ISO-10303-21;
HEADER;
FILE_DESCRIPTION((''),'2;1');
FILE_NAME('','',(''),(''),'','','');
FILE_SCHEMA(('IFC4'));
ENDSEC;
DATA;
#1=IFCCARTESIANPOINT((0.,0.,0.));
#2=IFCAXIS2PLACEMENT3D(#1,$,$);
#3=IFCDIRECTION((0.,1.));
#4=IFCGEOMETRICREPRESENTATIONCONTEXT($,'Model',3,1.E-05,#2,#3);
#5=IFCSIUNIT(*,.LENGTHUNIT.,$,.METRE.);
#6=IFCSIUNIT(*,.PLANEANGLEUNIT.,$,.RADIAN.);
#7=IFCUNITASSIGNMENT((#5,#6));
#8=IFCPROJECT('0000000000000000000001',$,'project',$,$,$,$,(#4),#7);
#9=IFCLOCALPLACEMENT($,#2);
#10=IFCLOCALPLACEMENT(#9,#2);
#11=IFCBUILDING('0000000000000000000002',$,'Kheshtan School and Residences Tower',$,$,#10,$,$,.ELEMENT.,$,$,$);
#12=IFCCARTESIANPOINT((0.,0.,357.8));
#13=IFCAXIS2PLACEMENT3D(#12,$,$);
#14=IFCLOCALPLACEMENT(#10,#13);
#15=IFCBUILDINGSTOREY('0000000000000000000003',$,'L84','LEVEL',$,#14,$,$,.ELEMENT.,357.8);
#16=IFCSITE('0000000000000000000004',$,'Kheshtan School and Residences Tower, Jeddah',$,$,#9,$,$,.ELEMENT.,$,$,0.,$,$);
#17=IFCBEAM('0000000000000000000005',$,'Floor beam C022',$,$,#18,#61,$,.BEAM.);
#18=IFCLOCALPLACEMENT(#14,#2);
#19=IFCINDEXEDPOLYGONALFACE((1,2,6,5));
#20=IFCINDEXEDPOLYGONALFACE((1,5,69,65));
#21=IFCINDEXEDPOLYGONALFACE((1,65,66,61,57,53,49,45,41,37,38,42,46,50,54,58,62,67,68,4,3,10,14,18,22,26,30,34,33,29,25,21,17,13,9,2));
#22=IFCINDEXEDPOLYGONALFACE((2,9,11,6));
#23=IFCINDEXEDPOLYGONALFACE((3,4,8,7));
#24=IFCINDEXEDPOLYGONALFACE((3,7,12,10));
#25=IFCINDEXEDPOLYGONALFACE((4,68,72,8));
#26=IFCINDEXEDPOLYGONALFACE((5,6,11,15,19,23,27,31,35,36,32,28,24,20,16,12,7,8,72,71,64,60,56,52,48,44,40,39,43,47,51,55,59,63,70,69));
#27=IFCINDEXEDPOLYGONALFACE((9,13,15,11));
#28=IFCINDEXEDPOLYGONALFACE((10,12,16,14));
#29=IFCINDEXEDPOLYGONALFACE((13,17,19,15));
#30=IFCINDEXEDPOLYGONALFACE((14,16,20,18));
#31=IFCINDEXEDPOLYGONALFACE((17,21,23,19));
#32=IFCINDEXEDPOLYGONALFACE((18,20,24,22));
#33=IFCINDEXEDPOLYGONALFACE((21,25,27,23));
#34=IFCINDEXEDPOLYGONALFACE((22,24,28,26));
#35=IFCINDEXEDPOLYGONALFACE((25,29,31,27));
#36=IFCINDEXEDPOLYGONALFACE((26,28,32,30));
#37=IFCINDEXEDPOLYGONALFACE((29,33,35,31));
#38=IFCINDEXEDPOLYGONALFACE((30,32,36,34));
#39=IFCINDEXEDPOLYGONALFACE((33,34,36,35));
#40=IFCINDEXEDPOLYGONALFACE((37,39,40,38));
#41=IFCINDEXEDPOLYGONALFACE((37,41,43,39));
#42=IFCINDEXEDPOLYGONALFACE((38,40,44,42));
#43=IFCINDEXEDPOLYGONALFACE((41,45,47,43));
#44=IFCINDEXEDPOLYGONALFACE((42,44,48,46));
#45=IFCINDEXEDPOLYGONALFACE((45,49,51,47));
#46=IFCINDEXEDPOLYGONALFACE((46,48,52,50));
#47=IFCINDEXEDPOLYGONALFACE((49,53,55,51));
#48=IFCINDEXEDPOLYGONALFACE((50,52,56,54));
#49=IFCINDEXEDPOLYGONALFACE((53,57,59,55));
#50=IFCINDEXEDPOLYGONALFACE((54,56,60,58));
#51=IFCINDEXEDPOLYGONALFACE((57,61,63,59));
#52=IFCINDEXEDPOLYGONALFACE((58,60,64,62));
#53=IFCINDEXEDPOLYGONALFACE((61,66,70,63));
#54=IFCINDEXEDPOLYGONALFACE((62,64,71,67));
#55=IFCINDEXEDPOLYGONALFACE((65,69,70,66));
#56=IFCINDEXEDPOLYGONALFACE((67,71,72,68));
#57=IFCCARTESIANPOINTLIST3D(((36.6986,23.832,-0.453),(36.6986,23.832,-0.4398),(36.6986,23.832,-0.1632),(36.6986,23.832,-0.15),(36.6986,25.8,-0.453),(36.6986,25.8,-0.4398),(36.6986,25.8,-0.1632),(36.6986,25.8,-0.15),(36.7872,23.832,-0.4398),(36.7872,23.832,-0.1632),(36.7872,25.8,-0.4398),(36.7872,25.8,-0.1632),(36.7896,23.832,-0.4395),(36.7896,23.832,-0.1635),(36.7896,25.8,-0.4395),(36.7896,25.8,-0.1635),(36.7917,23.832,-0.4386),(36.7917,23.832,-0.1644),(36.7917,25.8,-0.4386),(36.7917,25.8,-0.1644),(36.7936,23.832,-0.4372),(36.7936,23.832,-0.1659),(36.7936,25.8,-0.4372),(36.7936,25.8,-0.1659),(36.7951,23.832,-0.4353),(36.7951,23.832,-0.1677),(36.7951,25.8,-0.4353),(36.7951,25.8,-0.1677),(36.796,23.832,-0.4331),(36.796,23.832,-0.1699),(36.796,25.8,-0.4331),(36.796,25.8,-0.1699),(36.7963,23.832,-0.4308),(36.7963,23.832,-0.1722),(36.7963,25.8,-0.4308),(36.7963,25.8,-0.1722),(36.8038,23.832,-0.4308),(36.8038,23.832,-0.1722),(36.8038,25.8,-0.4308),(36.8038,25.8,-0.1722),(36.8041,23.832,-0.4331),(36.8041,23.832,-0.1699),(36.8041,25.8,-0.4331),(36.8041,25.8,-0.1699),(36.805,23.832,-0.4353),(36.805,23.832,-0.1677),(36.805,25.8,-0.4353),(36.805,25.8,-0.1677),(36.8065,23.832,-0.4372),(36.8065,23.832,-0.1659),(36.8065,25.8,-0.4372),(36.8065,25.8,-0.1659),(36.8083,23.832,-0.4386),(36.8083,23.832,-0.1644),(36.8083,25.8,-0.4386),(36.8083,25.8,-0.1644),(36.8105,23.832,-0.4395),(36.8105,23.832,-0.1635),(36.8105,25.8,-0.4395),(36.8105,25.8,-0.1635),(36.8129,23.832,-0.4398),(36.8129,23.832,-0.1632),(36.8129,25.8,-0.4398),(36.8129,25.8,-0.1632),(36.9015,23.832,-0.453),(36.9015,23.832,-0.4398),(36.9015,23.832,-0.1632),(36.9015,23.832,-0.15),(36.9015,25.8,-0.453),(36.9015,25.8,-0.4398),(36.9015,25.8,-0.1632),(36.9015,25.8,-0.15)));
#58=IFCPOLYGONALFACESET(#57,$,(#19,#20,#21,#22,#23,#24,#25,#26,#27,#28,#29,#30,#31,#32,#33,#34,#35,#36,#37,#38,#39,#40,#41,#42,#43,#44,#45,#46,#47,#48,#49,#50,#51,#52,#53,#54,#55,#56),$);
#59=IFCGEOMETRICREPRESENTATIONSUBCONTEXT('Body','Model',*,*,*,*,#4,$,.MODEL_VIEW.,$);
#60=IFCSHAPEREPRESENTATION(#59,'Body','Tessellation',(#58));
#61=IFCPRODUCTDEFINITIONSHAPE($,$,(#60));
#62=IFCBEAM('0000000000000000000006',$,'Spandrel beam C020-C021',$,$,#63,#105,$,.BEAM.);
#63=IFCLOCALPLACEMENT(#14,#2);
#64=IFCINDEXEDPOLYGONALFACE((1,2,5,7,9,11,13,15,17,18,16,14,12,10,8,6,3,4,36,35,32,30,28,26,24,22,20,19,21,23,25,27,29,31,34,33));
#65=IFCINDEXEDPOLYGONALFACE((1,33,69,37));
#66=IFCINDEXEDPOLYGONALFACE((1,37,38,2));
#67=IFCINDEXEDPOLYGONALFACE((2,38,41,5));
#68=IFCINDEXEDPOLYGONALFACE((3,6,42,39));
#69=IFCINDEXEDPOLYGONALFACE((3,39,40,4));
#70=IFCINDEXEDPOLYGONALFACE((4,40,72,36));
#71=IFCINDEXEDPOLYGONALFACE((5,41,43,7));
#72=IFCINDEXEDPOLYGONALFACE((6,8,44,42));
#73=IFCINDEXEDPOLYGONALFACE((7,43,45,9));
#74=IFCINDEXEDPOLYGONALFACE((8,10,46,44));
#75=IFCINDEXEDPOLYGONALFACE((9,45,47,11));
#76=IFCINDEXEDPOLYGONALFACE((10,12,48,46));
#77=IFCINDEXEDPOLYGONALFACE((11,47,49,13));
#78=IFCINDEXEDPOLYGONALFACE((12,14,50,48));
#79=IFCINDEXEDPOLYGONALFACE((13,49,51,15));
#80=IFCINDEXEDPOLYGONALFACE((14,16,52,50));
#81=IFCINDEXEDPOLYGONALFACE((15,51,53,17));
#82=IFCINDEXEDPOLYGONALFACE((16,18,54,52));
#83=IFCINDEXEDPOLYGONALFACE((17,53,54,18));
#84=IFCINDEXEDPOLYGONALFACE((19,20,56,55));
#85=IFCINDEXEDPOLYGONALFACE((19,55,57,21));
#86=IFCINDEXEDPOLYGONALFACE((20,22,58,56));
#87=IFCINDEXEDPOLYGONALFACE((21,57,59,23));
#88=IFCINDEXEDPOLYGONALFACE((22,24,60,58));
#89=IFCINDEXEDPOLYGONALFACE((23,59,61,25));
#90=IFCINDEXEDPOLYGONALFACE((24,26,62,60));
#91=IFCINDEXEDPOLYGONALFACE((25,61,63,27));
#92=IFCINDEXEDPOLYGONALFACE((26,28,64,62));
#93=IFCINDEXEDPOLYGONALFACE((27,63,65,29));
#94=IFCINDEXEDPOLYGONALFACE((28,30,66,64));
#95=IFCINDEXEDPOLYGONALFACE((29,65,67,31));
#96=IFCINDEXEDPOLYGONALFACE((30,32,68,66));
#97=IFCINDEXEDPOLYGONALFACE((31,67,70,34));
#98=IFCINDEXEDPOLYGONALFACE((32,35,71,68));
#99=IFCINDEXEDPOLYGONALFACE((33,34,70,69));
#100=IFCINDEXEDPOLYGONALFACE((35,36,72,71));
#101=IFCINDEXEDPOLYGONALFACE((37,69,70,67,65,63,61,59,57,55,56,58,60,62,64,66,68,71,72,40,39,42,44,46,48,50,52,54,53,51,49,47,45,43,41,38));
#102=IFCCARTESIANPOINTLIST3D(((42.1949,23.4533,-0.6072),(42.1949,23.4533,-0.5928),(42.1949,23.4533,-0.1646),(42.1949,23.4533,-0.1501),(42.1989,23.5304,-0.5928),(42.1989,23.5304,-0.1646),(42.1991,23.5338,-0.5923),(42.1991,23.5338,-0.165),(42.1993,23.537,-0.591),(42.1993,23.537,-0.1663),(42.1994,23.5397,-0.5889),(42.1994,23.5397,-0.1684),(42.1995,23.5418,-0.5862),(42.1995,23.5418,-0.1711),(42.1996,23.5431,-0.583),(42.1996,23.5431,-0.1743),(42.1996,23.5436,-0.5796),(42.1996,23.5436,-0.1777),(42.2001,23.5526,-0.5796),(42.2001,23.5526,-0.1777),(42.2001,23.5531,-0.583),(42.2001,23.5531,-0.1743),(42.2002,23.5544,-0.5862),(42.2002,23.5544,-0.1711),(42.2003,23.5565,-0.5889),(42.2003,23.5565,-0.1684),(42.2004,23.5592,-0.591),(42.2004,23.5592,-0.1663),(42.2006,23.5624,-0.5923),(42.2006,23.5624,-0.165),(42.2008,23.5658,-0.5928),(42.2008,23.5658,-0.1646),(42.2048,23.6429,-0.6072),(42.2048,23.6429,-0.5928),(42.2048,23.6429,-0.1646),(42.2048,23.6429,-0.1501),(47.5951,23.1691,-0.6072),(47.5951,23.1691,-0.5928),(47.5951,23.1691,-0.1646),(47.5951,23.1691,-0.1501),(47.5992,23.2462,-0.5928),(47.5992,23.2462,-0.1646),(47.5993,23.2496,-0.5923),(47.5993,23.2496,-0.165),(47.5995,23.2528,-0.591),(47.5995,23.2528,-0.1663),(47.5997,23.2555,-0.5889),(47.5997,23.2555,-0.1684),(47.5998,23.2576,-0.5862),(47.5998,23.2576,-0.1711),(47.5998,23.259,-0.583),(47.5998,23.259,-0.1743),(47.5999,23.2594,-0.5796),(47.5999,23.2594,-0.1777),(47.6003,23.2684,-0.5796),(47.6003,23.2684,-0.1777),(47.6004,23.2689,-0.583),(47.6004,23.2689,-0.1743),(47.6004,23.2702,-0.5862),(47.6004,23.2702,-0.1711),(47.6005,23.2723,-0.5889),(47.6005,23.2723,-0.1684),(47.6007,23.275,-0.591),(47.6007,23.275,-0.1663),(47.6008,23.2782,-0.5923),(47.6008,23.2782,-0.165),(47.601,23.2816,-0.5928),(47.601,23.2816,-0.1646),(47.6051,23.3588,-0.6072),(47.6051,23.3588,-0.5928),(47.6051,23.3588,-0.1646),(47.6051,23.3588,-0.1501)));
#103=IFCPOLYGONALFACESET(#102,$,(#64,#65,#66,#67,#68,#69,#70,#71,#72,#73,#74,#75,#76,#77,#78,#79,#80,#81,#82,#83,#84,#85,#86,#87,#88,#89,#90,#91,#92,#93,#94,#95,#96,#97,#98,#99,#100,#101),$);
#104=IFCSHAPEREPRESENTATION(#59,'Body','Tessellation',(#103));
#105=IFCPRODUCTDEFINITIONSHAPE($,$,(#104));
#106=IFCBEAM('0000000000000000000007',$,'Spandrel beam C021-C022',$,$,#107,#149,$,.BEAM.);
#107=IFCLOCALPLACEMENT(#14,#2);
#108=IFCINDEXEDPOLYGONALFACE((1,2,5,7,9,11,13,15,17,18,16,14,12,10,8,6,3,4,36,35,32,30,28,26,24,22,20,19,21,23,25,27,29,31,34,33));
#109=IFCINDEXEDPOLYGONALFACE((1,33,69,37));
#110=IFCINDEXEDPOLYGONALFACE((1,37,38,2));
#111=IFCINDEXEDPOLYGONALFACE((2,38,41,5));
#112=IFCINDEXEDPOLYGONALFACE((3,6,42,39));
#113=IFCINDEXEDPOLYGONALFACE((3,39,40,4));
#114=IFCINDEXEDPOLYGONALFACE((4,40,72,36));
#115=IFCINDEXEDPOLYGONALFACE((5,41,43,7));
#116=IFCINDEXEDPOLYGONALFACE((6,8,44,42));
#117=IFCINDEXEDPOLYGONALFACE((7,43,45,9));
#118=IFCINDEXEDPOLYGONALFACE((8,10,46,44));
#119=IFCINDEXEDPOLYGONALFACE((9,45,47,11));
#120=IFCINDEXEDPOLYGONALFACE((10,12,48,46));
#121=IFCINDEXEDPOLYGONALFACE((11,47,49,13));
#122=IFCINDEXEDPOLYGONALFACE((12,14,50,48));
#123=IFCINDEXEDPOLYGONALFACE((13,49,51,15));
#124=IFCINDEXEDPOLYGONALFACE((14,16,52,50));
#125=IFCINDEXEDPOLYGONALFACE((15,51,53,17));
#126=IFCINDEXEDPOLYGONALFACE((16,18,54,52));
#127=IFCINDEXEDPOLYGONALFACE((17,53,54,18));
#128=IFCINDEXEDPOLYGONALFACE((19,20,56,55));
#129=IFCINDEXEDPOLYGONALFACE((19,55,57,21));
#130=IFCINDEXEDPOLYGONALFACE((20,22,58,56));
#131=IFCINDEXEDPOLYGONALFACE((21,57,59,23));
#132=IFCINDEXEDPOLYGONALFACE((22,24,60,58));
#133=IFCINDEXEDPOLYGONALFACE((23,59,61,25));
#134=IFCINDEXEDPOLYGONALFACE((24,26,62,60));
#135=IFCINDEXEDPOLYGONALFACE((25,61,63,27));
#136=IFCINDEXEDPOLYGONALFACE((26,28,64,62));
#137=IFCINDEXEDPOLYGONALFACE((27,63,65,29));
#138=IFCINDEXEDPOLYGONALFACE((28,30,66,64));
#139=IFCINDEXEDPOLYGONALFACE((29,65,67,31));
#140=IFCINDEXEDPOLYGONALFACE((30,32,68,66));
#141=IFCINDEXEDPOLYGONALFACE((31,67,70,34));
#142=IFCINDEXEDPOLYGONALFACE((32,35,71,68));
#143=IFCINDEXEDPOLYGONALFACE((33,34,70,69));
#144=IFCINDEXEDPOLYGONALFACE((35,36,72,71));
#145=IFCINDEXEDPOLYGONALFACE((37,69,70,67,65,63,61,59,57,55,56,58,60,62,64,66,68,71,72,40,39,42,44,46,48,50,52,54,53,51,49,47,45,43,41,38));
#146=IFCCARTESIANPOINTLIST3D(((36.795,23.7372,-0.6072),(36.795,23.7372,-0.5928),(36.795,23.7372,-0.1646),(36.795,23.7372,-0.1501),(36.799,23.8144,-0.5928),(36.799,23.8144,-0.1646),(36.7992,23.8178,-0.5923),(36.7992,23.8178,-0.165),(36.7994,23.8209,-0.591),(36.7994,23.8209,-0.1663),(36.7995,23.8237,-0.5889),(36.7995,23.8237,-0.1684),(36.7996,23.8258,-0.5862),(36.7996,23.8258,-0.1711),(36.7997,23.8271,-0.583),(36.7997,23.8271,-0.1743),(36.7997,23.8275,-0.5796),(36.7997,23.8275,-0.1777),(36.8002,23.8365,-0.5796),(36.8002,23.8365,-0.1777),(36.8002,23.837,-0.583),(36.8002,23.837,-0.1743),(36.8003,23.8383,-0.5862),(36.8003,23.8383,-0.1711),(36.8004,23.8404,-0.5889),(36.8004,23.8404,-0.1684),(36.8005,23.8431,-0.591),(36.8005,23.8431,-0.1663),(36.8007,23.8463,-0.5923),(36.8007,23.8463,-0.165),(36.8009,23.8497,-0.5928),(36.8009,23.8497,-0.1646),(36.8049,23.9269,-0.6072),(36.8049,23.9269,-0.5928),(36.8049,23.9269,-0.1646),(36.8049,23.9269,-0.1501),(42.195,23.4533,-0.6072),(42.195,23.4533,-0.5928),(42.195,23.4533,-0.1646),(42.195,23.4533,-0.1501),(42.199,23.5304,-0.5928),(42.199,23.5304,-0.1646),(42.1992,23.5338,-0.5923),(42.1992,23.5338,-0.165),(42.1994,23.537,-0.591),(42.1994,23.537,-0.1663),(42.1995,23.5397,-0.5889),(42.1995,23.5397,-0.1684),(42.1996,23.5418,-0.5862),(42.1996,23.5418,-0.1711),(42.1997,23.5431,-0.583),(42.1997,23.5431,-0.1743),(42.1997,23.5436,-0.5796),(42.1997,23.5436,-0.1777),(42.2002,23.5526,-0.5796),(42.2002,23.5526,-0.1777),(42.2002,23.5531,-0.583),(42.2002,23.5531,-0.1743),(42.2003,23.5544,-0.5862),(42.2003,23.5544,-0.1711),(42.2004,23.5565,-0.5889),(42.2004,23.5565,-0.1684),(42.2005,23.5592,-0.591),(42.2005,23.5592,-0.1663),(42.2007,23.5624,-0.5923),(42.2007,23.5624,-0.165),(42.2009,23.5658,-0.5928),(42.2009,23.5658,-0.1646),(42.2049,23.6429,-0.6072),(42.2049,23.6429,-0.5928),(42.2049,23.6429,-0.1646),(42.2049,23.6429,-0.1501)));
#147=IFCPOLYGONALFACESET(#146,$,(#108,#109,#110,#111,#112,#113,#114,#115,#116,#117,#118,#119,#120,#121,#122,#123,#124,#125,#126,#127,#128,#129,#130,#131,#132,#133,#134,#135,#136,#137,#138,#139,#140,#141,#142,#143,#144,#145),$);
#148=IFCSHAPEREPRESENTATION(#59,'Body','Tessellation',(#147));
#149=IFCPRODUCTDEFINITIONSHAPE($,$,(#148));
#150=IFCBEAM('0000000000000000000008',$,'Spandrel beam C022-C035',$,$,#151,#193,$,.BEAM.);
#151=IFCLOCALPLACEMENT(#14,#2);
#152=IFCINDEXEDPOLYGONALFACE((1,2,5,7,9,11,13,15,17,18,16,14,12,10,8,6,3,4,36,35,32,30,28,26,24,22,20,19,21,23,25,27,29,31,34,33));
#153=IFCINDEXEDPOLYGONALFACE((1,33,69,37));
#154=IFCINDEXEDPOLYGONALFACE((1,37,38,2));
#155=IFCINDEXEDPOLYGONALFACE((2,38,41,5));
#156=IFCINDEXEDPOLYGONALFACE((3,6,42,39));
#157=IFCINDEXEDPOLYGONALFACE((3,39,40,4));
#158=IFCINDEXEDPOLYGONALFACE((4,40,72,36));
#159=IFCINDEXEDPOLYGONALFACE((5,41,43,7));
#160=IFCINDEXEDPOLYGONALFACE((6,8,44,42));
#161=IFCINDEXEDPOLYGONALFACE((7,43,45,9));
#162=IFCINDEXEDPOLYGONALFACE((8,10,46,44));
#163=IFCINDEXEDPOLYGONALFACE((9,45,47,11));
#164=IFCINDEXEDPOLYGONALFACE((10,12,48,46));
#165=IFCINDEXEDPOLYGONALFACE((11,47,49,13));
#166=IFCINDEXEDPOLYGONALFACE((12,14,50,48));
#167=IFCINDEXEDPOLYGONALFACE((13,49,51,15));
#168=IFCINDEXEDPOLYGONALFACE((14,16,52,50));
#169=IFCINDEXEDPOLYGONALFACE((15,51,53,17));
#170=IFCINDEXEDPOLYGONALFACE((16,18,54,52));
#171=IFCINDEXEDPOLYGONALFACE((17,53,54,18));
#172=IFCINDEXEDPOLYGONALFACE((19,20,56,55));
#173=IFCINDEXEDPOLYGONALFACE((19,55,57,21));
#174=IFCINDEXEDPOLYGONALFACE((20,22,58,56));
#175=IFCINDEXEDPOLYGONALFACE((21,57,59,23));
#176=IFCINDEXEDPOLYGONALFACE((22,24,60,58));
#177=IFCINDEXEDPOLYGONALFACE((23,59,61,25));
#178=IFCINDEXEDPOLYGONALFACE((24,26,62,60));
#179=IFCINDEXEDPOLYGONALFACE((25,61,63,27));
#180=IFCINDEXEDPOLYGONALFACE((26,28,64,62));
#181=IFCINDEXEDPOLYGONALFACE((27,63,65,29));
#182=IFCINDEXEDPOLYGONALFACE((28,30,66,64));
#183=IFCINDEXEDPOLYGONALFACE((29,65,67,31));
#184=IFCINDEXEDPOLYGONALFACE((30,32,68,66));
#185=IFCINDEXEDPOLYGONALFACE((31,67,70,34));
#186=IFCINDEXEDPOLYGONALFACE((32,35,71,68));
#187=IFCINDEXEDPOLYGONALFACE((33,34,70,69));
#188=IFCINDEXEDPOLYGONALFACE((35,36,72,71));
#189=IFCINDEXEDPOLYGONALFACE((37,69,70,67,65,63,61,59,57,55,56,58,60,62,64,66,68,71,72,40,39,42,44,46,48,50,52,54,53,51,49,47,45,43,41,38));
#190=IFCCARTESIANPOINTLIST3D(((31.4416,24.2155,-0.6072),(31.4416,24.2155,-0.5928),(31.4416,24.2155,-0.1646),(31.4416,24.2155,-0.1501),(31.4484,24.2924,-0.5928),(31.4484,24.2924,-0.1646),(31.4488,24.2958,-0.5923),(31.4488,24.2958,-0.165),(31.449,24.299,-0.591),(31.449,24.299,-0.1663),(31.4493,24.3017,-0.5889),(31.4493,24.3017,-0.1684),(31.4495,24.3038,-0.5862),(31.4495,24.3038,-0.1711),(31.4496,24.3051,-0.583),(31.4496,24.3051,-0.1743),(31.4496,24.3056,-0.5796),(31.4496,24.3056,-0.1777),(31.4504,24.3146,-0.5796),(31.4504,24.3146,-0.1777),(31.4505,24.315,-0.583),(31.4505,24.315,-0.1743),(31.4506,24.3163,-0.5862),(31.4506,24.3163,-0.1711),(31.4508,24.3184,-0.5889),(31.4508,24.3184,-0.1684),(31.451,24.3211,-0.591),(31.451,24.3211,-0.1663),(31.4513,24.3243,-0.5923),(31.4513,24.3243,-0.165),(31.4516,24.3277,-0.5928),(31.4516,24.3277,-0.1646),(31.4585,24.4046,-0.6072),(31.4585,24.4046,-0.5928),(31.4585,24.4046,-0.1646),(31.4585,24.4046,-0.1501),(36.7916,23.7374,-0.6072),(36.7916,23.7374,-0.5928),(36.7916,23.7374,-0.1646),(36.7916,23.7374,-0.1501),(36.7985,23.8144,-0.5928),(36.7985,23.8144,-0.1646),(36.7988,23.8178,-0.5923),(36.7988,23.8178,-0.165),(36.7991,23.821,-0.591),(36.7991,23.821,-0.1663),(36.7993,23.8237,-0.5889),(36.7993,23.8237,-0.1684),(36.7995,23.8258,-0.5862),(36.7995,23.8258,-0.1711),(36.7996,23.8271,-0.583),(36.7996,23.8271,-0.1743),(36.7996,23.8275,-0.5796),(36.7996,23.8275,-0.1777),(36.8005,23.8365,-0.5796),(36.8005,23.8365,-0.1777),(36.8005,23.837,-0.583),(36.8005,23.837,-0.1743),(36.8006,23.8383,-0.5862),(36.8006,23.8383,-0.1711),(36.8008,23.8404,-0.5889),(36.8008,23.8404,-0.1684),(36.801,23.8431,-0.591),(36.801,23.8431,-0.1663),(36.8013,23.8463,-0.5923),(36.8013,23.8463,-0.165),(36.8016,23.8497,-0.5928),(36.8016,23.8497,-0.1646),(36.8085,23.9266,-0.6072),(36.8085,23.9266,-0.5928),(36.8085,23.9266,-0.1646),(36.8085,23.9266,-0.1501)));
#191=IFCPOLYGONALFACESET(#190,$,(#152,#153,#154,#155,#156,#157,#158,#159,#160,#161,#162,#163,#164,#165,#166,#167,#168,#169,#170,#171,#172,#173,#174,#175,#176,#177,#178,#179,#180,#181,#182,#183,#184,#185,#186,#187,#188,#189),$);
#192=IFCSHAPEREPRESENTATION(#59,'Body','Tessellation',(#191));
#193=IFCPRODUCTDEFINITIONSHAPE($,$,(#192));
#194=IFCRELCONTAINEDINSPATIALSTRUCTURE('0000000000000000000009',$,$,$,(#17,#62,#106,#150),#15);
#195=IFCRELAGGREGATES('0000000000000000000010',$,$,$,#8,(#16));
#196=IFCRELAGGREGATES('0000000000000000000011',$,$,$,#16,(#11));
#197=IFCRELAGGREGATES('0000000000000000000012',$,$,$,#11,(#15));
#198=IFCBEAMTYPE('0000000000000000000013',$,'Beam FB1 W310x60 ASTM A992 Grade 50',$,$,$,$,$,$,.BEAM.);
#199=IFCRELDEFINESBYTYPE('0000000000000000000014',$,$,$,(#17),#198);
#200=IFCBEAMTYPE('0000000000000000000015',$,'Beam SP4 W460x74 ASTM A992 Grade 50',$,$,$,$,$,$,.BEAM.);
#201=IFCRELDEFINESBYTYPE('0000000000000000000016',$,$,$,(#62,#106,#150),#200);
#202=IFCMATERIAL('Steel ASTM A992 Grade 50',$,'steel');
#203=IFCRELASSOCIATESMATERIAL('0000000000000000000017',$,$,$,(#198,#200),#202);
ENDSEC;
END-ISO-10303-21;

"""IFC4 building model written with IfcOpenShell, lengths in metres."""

from ifc_helpers import new_model, si_unit, direction, frame, origin, origin_2d, place, context, subcontext, project, spatial, i_section, extrude, material, material_profile, profile_set, type_object, element, save


model = new_model("IFC4")

# Units and contexts
model_context = context("Model", 3, precision=1e-05, world=origin(), true_north=direction((0.0, 1.0)))
body_context = subcontext(model_context, "Body", "Model", "MODEL_VIEW")
ifc_project = project(units=[si_unit("LENGTHUNIT", "METRE"), si_unit("PLANEANGLEUNIT", "RADIAN")], contexts=[model_context])

# Site, building, storey
site_placement = place(None, origin())
site = spatial("IfcSite", under=ifc_project, at=site_placement, Name="Kheshtan School and Residences Tower, Jeddah", CompositionType="ELEMENT", RefElevation=0.0)
building_placement = place(site_placement, origin())
building = spatial("IfcBuilding", under=site, at=building_placement, Name="Kheshtan School and Residences Tower", CompositionType="ELEMENT")
storey_placement = place(building_placement, frame((0.0, 0.0, 357.8)))
storey = spatial("IfcBuildingStorey", under=building, at=storey_placement, Name="L84", Description="LEVEL", CompositionType="ELEMENT", Elevation=357.8)

# Shared definitions
ifc_material_1 = material(Name="Steel ASTM A992 Grade 50", Category="steel")

# Beams
ifc_material_profile_1 = material_profile(ifc_material_1, i_section(OverallWidth=0.2029, OverallDepth=0.303, WebThickness=0.0076, FlangeThickness=0.0132, FilletRadius=0.009, at=origin_2d()), Name="W310x60")
ifc_profile_set_1 = profile_set([ifc_material_profile_1], Name="Steel ASTM A992 Grade 50")
beam_type_1 = type_object("IfcBeamType", Name="Beam FB1 W310x60 ASTM A992 Grade 50", PredefinedType="BEAM", material=ifc_profile_set_1)
beam_1_placement = place(storey_placement, frame((36.8, 23.832, -0.3015), z_axis=(0.0, 1.0, 0.0), x_axis=(-1.0, 0.0, 0.0)))
element("IfcBeam", 1, at=beam_1_placement, inside=storey, type_object=beam_type_1, Name="Floor beam C022", PredefinedType="BEAM", context=body_context, shape_type="SweptSolid", body=[
    extrude(i_section(OverallWidth=0.2029, OverallDepth=0.303, WebThickness=0.0076, FlangeThickness=0.0132, FilletRadius=0.009, at=origin_2d()), origin(), (0.0, 0.0, 1.0), 1.968),
])
ifc_material_profile_2 = material_profile(ifc_material_1, i_section(OverallWidth=0.1899, OverallDepth=0.457, WebThickness=0.009, FlangeThickness=0.0144, FilletRadius=0.0132, at=origin_2d()), Name="W460x74")
ifc_profile_set_2 = profile_set([ifc_material_profile_2], Name="Steel ASTM A992 Grade 50")
beam_type_2 = type_object("IfcBeamType", Name="Beam SP4 W460x74 ASTM A992 Grade 50", PredefinedType="BEAM", material=ifc_profile_set_2)
beam_2_placement = place(storey_placement, frame((47.6001, 23.2639, -0.3787), z_axis=(-0.998618, 0.052552, 0.0), x_axis=(-0.052552, -0.998618, 0.0)))
element("IfcBeam", 2, at=beam_2_placement, inside=storey, type_object=beam_type_2, Name="Spandrel beam C020-C021", PredefinedType="BEAM", context=body_context, shape_type="SweptSolid", body=[
    extrude(i_section(OverallWidth=0.1899, OverallDepth=0.457, WebThickness=0.009, FlangeThickness=0.0144, FilletRadius=0.0132, at=origin_2d()), origin(), (0.0, 0.0, 1.0), 5.4077),
])
beam_3_placement = place(storey_placement, frame((42.2, 23.5481, -0.3787), z_axis=(-0.99862, 0.052509, 0.0), x_axis=(-0.052509, -0.99862, 0.0)))
element("IfcBeam", 3, at=beam_3_placement, inside=storey, type_object=beam_type_2, Name="Spandrel beam C021-C022", PredefinedType="BEAM", context=body_context, shape_type="SweptSolid", body=[
    extrude(i_section(OverallWidth=0.1899, OverallDepth=0.457, WebThickness=0.009, FlangeThickness=0.0144, FilletRadius=0.0132, at=origin_2d()), origin(), (0.0, 0.0, 1.0), 5.4075),
])
beam_4_placement = place(storey_placement, frame((36.8, 23.832, -0.3787), z_axis=(-0.996032, 0.088995, 0.0), x_axis=(-0.088995, -0.996032, 0.0)))
element("IfcBeam", 4, at=beam_4_placement, inside=storey, type_object=beam_type_2, Name="Spandrel beam C022-C035", PredefinedType="BEAM", context=body_context, shape_type="SweptSolid", body=[
    extrude(i_section(OverallWidth=0.1899, OverallDepth=0.457, WebThickness=0.009, FlangeThickness=0.0144, FilletRadius=0.0132, at=origin_2d()), origin(), (0.0, 0.0, 1.0), 5.3713),
])

save(model, "model.ifc")
